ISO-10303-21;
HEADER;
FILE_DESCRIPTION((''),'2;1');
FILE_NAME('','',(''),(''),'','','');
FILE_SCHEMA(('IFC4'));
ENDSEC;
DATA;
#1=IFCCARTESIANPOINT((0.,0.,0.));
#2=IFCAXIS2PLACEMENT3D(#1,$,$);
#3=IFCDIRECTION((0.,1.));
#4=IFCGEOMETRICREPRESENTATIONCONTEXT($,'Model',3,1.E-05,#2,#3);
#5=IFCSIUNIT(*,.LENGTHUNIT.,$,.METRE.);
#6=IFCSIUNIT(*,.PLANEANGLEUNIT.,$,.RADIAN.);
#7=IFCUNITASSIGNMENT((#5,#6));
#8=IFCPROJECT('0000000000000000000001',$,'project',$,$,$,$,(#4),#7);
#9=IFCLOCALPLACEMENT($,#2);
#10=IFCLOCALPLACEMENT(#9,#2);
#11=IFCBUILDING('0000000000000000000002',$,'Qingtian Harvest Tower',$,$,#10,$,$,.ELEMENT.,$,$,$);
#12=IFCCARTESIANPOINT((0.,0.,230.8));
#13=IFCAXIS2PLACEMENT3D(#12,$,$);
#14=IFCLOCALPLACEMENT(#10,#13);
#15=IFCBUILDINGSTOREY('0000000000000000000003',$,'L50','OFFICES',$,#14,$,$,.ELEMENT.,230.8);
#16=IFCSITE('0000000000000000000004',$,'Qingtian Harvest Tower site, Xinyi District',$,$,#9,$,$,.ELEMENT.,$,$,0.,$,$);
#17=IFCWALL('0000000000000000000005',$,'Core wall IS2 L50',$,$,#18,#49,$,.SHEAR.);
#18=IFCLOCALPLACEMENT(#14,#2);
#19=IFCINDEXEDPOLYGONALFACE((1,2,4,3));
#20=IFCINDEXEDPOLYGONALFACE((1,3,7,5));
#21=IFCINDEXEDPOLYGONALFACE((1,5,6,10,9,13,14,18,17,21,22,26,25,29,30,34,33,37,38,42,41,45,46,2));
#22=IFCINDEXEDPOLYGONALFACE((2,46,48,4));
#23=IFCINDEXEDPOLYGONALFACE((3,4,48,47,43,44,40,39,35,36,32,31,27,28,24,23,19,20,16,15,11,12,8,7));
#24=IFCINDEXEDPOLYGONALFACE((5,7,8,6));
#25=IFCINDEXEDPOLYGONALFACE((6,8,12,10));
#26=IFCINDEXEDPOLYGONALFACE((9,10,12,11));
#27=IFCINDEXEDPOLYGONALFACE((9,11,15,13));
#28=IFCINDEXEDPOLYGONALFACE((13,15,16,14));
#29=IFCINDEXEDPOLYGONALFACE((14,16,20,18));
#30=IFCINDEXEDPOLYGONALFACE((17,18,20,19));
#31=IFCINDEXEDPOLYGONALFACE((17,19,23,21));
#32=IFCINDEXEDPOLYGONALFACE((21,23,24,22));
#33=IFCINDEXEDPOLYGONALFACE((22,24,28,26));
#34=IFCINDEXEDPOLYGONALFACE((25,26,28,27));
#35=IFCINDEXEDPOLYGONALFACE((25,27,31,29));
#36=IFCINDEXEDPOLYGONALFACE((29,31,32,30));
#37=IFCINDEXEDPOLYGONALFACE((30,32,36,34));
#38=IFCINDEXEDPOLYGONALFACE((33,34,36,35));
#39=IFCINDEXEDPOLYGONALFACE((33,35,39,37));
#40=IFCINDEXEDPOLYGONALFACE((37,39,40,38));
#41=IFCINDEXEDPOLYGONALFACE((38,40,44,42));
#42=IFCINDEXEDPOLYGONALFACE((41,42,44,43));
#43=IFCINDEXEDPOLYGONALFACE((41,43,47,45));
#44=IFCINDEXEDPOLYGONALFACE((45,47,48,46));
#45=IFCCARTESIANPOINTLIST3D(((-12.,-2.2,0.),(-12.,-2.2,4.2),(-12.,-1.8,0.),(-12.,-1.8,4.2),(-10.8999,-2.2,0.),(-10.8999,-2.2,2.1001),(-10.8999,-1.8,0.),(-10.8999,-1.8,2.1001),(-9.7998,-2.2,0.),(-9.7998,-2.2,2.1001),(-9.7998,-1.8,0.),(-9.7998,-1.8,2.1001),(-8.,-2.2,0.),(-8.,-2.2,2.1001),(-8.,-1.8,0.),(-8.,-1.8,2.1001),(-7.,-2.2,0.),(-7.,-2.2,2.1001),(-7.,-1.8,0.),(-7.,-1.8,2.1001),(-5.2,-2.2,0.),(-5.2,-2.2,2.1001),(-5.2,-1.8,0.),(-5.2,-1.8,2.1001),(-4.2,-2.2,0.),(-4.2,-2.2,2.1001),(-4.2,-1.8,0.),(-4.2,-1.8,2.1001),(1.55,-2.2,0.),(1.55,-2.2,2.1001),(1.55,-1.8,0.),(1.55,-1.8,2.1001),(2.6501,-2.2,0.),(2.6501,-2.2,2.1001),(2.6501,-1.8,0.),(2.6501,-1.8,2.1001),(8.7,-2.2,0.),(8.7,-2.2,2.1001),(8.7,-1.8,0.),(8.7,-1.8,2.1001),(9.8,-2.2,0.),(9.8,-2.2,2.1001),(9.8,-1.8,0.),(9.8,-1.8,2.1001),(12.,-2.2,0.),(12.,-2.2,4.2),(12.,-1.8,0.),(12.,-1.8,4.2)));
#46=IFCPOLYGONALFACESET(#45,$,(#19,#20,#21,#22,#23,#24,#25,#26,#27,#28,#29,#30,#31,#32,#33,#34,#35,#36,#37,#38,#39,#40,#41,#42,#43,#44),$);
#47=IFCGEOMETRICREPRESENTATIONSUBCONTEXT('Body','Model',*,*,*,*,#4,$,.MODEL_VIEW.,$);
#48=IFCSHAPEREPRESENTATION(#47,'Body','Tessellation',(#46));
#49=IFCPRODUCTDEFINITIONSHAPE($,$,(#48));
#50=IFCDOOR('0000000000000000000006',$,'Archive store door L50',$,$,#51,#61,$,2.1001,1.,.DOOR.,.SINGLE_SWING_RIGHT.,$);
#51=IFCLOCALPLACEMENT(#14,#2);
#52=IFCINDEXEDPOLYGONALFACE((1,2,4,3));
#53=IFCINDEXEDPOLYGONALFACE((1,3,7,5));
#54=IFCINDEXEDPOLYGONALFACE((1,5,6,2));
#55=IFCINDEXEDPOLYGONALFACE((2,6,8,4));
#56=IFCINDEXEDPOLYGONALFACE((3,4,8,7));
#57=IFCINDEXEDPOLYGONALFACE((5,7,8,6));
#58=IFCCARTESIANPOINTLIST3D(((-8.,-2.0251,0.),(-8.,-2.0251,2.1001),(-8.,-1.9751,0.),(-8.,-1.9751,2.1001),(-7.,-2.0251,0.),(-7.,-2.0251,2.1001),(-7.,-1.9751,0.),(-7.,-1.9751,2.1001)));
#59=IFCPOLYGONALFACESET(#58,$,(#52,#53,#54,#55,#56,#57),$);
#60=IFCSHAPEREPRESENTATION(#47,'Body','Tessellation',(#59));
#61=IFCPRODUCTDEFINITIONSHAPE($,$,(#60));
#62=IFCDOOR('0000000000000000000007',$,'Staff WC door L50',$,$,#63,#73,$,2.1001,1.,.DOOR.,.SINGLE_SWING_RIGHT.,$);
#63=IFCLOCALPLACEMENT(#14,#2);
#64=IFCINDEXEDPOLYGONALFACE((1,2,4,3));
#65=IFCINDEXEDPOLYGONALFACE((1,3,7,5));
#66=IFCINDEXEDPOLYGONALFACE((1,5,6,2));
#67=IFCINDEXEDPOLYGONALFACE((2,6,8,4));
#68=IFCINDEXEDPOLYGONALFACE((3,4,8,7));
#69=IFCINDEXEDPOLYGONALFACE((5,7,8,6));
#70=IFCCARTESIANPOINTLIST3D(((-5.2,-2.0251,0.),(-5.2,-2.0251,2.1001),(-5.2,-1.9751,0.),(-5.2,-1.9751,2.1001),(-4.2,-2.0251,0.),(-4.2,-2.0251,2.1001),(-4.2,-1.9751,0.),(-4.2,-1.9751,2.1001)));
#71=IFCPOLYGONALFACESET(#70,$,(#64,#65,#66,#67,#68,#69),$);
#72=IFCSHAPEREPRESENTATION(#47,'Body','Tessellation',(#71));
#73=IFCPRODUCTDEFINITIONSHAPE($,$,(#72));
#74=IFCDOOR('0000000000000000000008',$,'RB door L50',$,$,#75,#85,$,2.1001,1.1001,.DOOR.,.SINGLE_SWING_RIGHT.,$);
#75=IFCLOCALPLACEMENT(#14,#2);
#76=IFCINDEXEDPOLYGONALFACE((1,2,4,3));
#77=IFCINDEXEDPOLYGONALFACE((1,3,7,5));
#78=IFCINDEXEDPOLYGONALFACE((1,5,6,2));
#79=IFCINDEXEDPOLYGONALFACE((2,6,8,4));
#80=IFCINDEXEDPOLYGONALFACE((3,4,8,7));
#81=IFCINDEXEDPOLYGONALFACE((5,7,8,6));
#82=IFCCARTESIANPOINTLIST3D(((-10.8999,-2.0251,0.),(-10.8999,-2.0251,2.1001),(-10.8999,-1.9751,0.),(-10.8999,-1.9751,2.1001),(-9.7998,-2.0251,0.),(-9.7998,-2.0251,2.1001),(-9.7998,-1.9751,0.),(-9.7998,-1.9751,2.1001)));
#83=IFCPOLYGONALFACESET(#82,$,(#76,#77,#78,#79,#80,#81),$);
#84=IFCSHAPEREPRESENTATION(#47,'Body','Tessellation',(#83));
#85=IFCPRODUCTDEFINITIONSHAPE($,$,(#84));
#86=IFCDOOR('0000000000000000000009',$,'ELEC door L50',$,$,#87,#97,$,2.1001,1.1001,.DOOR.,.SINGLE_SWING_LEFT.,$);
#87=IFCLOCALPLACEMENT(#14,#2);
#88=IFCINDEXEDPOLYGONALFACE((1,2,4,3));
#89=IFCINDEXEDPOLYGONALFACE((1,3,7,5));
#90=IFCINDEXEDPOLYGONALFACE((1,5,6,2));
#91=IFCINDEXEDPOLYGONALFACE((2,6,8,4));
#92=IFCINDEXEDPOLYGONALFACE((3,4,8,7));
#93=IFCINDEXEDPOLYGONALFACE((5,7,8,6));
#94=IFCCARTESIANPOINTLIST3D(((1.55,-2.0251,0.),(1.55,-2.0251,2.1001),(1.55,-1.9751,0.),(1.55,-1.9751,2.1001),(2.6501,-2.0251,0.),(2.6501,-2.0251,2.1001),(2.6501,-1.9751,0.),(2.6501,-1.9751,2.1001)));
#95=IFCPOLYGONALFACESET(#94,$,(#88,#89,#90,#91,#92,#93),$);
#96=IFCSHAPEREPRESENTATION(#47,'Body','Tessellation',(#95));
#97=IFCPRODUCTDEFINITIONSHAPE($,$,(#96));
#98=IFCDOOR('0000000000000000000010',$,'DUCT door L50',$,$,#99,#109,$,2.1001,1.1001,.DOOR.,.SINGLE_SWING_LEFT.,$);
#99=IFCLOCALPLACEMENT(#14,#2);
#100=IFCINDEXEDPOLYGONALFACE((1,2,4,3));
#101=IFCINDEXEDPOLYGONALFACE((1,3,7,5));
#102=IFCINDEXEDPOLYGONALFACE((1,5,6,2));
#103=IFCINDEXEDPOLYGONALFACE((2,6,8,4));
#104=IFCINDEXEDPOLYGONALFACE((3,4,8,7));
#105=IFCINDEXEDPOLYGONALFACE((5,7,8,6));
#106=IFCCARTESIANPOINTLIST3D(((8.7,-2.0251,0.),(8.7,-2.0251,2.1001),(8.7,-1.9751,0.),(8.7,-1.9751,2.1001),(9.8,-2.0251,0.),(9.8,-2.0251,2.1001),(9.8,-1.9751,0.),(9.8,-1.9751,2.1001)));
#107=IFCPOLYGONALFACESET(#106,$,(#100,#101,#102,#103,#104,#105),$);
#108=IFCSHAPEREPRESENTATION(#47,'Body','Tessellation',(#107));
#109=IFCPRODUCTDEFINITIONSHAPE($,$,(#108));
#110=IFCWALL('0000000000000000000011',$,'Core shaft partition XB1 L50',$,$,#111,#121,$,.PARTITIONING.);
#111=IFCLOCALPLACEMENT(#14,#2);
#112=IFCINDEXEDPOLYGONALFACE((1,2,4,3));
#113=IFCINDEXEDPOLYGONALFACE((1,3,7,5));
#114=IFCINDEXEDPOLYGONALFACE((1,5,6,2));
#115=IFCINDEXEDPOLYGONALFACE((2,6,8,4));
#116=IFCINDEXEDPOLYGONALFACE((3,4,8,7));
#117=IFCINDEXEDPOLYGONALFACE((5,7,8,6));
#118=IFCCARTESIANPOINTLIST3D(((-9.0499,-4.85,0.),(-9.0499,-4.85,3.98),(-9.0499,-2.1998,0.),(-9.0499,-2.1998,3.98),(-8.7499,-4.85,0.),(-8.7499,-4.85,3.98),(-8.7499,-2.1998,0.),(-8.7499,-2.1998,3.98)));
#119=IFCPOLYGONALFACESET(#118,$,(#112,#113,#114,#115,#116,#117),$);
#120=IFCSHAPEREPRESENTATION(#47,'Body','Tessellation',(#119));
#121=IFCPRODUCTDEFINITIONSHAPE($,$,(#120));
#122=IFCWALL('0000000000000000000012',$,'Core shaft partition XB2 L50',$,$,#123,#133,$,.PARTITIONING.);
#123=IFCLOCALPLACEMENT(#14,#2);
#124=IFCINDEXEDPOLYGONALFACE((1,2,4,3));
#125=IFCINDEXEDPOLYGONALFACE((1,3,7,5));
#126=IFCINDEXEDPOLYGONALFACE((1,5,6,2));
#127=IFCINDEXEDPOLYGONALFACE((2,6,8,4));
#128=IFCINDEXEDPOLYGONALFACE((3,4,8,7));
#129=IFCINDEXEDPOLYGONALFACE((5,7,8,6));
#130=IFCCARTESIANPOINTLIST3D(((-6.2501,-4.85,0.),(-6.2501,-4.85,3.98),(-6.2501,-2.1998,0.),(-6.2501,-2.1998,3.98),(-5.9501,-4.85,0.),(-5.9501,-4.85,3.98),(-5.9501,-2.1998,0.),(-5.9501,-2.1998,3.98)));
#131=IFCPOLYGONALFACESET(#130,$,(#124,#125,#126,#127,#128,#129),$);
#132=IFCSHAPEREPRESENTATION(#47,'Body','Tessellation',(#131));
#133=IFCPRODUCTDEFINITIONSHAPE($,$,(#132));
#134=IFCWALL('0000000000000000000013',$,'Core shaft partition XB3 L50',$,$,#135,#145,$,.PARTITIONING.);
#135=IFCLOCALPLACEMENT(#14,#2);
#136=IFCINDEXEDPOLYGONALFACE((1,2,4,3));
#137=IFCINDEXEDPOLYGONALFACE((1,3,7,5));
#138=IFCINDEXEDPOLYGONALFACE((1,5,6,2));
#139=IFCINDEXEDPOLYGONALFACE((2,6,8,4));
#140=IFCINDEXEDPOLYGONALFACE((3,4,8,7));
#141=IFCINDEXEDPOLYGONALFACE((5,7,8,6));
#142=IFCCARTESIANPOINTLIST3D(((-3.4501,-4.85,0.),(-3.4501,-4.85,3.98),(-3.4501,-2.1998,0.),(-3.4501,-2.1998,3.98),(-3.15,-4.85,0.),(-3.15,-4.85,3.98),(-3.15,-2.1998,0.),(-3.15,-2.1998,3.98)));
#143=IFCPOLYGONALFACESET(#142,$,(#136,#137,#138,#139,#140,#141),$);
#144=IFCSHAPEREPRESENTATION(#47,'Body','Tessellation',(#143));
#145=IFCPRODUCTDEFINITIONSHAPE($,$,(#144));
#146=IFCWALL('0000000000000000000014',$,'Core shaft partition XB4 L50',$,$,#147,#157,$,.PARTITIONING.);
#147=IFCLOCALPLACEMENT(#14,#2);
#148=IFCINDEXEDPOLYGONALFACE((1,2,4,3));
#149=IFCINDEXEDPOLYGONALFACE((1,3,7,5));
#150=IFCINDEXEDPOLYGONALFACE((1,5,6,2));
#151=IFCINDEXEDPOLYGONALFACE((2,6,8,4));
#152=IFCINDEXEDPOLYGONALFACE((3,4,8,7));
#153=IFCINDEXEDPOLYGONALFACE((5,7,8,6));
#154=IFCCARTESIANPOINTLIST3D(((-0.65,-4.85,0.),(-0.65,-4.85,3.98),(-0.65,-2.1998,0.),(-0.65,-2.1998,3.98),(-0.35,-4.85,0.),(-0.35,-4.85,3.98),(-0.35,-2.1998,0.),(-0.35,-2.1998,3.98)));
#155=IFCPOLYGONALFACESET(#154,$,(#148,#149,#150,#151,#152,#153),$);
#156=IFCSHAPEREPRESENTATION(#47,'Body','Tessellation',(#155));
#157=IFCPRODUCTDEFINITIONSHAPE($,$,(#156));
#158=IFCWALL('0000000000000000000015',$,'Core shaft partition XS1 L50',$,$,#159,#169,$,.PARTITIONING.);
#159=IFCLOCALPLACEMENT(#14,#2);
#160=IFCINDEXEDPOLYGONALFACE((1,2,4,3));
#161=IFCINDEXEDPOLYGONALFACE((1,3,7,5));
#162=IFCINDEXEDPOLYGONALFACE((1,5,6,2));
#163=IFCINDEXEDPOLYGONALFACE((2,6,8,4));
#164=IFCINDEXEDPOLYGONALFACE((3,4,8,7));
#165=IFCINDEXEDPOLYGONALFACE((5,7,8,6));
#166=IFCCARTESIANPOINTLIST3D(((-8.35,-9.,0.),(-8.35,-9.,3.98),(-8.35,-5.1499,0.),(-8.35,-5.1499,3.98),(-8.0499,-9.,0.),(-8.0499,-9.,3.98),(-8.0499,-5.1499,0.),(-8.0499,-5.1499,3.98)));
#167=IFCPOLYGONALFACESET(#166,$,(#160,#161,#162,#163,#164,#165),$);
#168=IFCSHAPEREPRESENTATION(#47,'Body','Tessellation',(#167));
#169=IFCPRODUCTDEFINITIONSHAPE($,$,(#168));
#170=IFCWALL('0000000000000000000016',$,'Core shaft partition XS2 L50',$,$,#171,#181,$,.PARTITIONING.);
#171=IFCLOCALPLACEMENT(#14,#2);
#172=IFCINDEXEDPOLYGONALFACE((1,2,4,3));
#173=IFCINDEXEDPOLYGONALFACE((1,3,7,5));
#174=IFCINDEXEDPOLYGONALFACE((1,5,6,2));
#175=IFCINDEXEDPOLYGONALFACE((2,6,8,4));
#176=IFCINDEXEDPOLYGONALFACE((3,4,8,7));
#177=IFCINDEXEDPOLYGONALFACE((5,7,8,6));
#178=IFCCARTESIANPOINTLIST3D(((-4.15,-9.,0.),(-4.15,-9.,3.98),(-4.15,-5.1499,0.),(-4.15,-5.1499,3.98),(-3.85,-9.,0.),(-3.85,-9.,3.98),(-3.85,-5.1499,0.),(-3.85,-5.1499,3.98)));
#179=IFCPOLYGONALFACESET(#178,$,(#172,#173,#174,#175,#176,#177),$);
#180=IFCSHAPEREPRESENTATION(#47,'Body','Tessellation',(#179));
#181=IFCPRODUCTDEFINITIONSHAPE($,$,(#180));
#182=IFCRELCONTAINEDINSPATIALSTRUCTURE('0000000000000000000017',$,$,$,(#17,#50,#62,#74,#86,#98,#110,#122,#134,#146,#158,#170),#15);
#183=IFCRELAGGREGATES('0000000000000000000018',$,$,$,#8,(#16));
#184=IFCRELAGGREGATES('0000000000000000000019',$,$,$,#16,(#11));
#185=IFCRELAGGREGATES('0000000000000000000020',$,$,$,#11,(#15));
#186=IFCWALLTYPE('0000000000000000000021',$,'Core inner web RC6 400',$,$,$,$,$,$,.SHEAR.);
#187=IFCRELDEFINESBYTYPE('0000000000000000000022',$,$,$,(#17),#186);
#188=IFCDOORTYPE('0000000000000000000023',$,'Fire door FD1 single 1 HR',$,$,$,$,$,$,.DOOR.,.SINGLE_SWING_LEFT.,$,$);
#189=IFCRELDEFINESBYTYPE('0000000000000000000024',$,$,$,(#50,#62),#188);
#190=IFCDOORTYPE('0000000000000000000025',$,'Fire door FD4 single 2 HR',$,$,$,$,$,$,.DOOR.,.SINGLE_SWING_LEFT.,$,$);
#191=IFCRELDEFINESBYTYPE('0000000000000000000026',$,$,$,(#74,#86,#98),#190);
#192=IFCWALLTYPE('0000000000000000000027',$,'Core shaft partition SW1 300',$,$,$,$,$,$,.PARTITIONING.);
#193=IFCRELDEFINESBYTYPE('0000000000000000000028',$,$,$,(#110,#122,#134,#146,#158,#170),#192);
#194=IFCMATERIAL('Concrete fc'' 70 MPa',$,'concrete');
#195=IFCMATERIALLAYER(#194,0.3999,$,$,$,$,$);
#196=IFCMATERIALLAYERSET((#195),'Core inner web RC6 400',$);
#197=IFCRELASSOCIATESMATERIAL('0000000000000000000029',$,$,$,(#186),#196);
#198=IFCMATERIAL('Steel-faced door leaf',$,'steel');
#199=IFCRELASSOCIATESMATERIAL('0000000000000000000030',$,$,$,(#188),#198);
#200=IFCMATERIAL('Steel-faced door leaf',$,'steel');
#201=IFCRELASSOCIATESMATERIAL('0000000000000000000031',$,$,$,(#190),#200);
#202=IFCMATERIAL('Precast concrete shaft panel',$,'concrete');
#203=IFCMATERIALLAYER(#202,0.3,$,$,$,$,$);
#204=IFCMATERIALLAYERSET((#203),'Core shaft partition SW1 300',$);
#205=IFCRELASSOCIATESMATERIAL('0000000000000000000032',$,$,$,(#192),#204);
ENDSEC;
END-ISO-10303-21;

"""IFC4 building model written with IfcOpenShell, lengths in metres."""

from ifc_helpers import new_model, si_unit, direction, frame, frame_2d, origin, place, context, subcontext, project, spatial, rectangle, extrude, material, layer, layer_set, type_object, element, fill, save


model = new_model("IFC4")

# Units and contexts
model_context = context("Model", 3, precision=1e-05, world=origin(), true_north=direction((0.0, 1.0)))
body_context = subcontext(model_context, "Body", "Model", "MODEL_VIEW")
ifc_project = project(units=[si_unit("LENGTHUNIT", "METRE"), si_unit("PLANEANGLEUNIT", "RADIAN")], contexts=[model_context])

# Site, building, storey
site_placement = place(None, origin())
site = spatial("IfcSite", under=ifc_project, at=site_placement, Name="Qingtian Harvest Tower site, Xinyi District", CompositionType="ELEMENT", RefElevation=0.0)
building_placement = place(site_placement, origin())
building = spatial("IfcBuilding", under=site, at=building_placement, Name="Qingtian Harvest Tower", CompositionType="ELEMENT")
storey_placement = place(building_placement, frame((0.0, 0.0, 230.8)))
storey = spatial("IfcBuildingStorey", under=building, at=storey_placement, Name="L50", Description="OFFICES", CompositionType="ELEMENT", Elevation=230.8)

# Wall, openings, doors
ifc_material_1 = material(Name="Concrete fc' 70 MPa", Category="concrete")
ifc_layer_1 = layer(ifc_material_1, 0.3999)
ifc_layer_set_1 = layer_set([ifc_layer_1], Name="Core inner web RC6 400")
wall_type_1 = type_object("IfcWallType", Name="Core inner web RC6 400", PredefinedType="SHEAR", material=ifc_layer_set_1)
wall_1_placement = place(storey_placement, frame((-12.0, -2.0, 0.0), z_axis=(0.0, 0.0, 1.0), x_axis=(1.0, 0.0, 0.0)))
wall_1 = element("IfcWall", 1, at=wall_1_placement, inside=storey, type_object=wall_type_1, Name="Core wall IS2 L50", PredefinedType="SHEAR", context=body_context, shape_type="SweptSolid", body=[
    extrude(rectangle(XDim=24.0, YDim=0.3999, at=frame_2d((12.0, 0.0))), origin(), (0.0, 0.0, 1.0), 4.2),
])
opening_1_placement = place(wall_1_placement, frame((1.1001, 0.0, 0.0)))
opening_1 = element("IfcOpeningElement", 2, at=opening_1_placement, cuts=wall_1, PredefinedType="OPENING", context=body_context, shape_type="SweptSolid", body=[
    extrude(rectangle(XDim=1.1001, YDim=2.1001, at=frame_2d((0.55, 1.05))), frame((0.0, 0.21, 0.0), z_axis=(0.0, -1.0, 0.0), x_axis=(1.0, 0.0, 0.0)), (0.0, 0.0, 1.0), 0.4199),
])
opening_2_placement = place(wall_1_placement, frame((13.55, 0.0, 0.0)))
opening_2 = element("IfcOpeningElement", 3, at=opening_2_placement, cuts=wall_1, PredefinedType="OPENING", context=body_context, shape_type="SweptSolid", body=[
    extrude(rectangle(XDim=1.1001, YDim=2.1001, at=frame_2d((0.55, 1.05))), frame((0.0, 0.21, 0.0), z_axis=(0.0, -1.0, 0.0), x_axis=(1.0, 0.0, 0.0)), (0.0, 0.0, 1.0), 0.4199),
])
opening_3_placement = place(wall_1_placement, frame((20.7, 0.0, 0.0)))
opening_3 = element("IfcOpeningElement", 4, at=opening_3_placement, cuts=wall_1, PredefinedType="OPENING", context=body_context, shape_type="SweptSolid", body=[
    extrude(rectangle(XDim=1.1001, YDim=2.1001, at=frame_2d((0.55, 1.05))), frame((0.0, 0.21, 0.0), z_axis=(0.0, -1.0, 0.0), x_axis=(1.0, 0.0, 0.0)), (0.0, 0.0, 1.0), 0.4199),
])
opening_4_placement = place(wall_1_placement, frame((4.0, 0.0, 0.0)))
opening_4 = element("IfcOpeningElement", 5, at=opening_4_placement, cuts=wall_1, PredefinedType="OPENING", context=body_context, shape_type="SweptSolid", body=[
    extrude(rectangle(XDim=1.0, YDim=2.1001, at=frame_2d((0.5, 1.05))), frame((0.0, 0.21, 0.0), z_axis=(0.0, -1.0, 0.0), x_axis=(1.0, 0.0, 0.0)), (0.0, 0.0, 1.0), 0.4199),
])
opening_5_placement = place(wall_1_placement, frame((6.8, 0.0, 0.0)))
opening_5 = element("IfcOpeningElement", 6, at=opening_5_placement, cuts=wall_1, PredefinedType="OPENING", context=body_context, shape_type="SweptSolid", body=[
    extrude(rectangle(XDim=1.0, YDim=2.1001, at=frame_2d((0.5, 1.05))), frame((0.0, 0.21, 0.0), z_axis=(0.0, -1.0, 0.0), x_axis=(1.0, 0.0, 0.0)), (0.0, 0.0, 1.0), 0.4199),
])
ifc_material_2 = material(Name="Steel-faced door leaf", Category="steel")
door_type_1 = type_object("IfcDoorType", Name="Fire door FD1 single 1 HR", OperationType="SINGLE_SWING_LEFT", PredefinedType="DOOR", material=ifc_material_2)
door_1_placement = place(opening_4_placement, origin())
door_1 = element("IfcDoor", 7, at=door_1_placement, inside=storey, type_object=door_type_1, Name="Archive store door L50", OperationType="SINGLE_SWING_RIGHT", OverallHeight=2.1001, OverallWidth=1.0, PredefinedType="DOOR", context=body_context, shape_type="SweptSolid", body=[
    extrude(rectangle(XDim=1.0, YDim=2.1001, at=frame_2d((0.5, 1.05))), frame((0.0, 0.0249, 0.0), z_axis=(0.0, -1.0, 0.0), x_axis=(1.0, 0.0, 0.0)), (0.0, 0.0, 1.0), 0.05),
])
fill(opening_4, door_1)
door_2_placement = place(opening_5_placement, origin())
door_2 = element("IfcDoor", 8, at=door_2_placement, inside=storey, type_object=door_type_1, Name="Staff WC door L50", OperationType="SINGLE_SWING_RIGHT", OverallHeight=2.1001, OverallWidth=1.0, PredefinedType="DOOR", context=body_context, shape_type="SweptSolid", body=[
    extrude(rectangle(XDim=1.0, YDim=2.1001, at=frame_2d((0.5, 1.05))), frame((0.0, 0.0249, 0.0), z_axis=(0.0, -1.0, 0.0), x_axis=(1.0, 0.0, 0.0)), (0.0, 0.0, 1.0), 0.05),
])
fill(opening_5, door_2)
ifc_material_3 = material(Name="Steel-faced door leaf", Category="steel")
door_type_2 = type_object("IfcDoorType", Name="Fire door FD4 single 2 HR", OperationType="SINGLE_SWING_LEFT", PredefinedType="DOOR", material=ifc_material_3)
door_3_placement = place(opening_1_placement, origin())
door_3 = element("IfcDoor", 9, at=door_3_placement, inside=storey, type_object=door_type_2, Name="RB door L50", OperationType="SINGLE_SWING_RIGHT", OverallHeight=2.1001, OverallWidth=1.1001, PredefinedType="DOOR", context=body_context, shape_type="SweptSolid", body=[
    extrude(rectangle(XDim=1.1001, YDim=2.1001, at=frame_2d((0.55, 1.05))), frame((0.0, 0.0249, 0.0), z_axis=(0.0, -1.0, 0.0), x_axis=(1.0, 0.0, 0.0)), (0.0, 0.0, 1.0), 0.05),
])
fill(opening_1, door_3)
door_4_placement = place(opening_2_placement, origin())
door_4 = element("IfcDoor", 10, at=door_4_placement, inside=storey, type_object=door_type_2, Name="ELEC door L50", OperationType="SINGLE_SWING_LEFT", OverallHeight=2.1001, OverallWidth=1.1001, PredefinedType="DOOR", context=body_context, shape_type="SweptSolid", body=[
    extrude(rectangle(XDim=1.1001, YDim=2.1001, at=frame_2d((0.55, 1.05))), frame((0.0, 0.0249, 0.0), z_axis=(0.0, -1.0, 0.0), x_axis=(1.0, 0.0, 0.0)), (0.0, 0.0, 1.0), 0.05),
])
fill(opening_2, door_4)
door_5_placement = place(opening_3_placement, origin())
door_5 = element("IfcDoor", 11, at=door_5_placement, inside=storey, type_object=door_type_2, Name="DUCT door L50", OperationType="SINGLE_SWING_LEFT", OverallHeight=2.1001, OverallWidth=1.1001, PredefinedType="DOOR", context=body_context, shape_type="SweptSolid", body=[
    extrude(rectangle(XDim=1.1001, YDim=2.1001, at=frame_2d((0.55, 1.05))), frame((0.0, 0.0249, 0.0), z_axis=(0.0, -1.0, 0.0), x_axis=(1.0, 0.0, 0.0)), (0.0, 0.0, 1.0), 0.05),
])
fill(opening_3, door_5)

# Walls
ifc_material_4 = material(Name="Precast concrete shaft panel", Category="concrete")
ifc_layer_2 = layer(ifc_material_4, 0.3)
ifc_layer_set_2 = layer_set([ifc_layer_2], Name="Core shaft partition SW1 300")
wall_type_2 = type_object("IfcWallType", Name="Core shaft partition SW1 300", PredefinedType="PARTITIONING", material=ifc_layer_set_2)
for number, where, z_axis, x_axis, name in (
    (12, (-8.8999, -4.8501, 0.0), (0.0, 0.0, 1.0), (0.0, 1.0, 0.0), "Core shaft partition XB1 L50"),
    (13, (-6.1001, -4.8501, 0.0), (0.0, 0.0, 1.0), (0.0, 1.0, 0.0), "Core shaft partition XB2 L50"),
    (14, (-3.3, -4.8501, 0.0), (0.0, 0.0, 1.0), (0.0, 1.0, 0.0), "Core shaft partition XB3 L50"),
    (15, (-0.5, -4.8501, 0.0), (0.0, 0.0, 1.0), (0.0, 1.0, 0.0), "Core shaft partition XB4 L50"),
):
    element("IfcWall", number, at=place(storey_placement, frame(where, z_axis=z_axis, x_axis=x_axis)), inside=storey, type_object=wall_type_2, Name=name, PredefinedType="PARTITIONING", context=body_context, shape_type="SweptSolid", body=[
        extrude(rectangle(XDim=2.6501, YDim=0.3, at=frame_2d((1.3252, 0.0))), origin(), (0.0, 0.0, 1.0), 3.98),
    ])
for number, where, z_axis, x_axis, name in (
    (16, (-8.2, -9.0, 0.0), (0.0, 0.0, 1.0), (0.0, 1.0, 0.0), "Core shaft partition XS1 L50"),
    (17, (-4.0, -9.0, 0.0), (0.0, 0.0, 1.0), (0.0, 1.0, 0.0), "Core shaft partition XS2 L50"),
):
    element("IfcWall", number, at=place(storey_placement, frame(where, z_axis=z_axis, x_axis=x_axis)), inside=storey, type_object=wall_type_2, Name=name, PredefinedType="PARTITIONING", context=body_context, shape_type="SweptSolid", body=[
        extrude(rectangle(XDim=3.8501, YDim=0.3, at=frame_2d((1.925, 0.0))), origin(), (0.0, 0.0, 1.0), 3.98),
    ])

save(model, "model.ifc")
